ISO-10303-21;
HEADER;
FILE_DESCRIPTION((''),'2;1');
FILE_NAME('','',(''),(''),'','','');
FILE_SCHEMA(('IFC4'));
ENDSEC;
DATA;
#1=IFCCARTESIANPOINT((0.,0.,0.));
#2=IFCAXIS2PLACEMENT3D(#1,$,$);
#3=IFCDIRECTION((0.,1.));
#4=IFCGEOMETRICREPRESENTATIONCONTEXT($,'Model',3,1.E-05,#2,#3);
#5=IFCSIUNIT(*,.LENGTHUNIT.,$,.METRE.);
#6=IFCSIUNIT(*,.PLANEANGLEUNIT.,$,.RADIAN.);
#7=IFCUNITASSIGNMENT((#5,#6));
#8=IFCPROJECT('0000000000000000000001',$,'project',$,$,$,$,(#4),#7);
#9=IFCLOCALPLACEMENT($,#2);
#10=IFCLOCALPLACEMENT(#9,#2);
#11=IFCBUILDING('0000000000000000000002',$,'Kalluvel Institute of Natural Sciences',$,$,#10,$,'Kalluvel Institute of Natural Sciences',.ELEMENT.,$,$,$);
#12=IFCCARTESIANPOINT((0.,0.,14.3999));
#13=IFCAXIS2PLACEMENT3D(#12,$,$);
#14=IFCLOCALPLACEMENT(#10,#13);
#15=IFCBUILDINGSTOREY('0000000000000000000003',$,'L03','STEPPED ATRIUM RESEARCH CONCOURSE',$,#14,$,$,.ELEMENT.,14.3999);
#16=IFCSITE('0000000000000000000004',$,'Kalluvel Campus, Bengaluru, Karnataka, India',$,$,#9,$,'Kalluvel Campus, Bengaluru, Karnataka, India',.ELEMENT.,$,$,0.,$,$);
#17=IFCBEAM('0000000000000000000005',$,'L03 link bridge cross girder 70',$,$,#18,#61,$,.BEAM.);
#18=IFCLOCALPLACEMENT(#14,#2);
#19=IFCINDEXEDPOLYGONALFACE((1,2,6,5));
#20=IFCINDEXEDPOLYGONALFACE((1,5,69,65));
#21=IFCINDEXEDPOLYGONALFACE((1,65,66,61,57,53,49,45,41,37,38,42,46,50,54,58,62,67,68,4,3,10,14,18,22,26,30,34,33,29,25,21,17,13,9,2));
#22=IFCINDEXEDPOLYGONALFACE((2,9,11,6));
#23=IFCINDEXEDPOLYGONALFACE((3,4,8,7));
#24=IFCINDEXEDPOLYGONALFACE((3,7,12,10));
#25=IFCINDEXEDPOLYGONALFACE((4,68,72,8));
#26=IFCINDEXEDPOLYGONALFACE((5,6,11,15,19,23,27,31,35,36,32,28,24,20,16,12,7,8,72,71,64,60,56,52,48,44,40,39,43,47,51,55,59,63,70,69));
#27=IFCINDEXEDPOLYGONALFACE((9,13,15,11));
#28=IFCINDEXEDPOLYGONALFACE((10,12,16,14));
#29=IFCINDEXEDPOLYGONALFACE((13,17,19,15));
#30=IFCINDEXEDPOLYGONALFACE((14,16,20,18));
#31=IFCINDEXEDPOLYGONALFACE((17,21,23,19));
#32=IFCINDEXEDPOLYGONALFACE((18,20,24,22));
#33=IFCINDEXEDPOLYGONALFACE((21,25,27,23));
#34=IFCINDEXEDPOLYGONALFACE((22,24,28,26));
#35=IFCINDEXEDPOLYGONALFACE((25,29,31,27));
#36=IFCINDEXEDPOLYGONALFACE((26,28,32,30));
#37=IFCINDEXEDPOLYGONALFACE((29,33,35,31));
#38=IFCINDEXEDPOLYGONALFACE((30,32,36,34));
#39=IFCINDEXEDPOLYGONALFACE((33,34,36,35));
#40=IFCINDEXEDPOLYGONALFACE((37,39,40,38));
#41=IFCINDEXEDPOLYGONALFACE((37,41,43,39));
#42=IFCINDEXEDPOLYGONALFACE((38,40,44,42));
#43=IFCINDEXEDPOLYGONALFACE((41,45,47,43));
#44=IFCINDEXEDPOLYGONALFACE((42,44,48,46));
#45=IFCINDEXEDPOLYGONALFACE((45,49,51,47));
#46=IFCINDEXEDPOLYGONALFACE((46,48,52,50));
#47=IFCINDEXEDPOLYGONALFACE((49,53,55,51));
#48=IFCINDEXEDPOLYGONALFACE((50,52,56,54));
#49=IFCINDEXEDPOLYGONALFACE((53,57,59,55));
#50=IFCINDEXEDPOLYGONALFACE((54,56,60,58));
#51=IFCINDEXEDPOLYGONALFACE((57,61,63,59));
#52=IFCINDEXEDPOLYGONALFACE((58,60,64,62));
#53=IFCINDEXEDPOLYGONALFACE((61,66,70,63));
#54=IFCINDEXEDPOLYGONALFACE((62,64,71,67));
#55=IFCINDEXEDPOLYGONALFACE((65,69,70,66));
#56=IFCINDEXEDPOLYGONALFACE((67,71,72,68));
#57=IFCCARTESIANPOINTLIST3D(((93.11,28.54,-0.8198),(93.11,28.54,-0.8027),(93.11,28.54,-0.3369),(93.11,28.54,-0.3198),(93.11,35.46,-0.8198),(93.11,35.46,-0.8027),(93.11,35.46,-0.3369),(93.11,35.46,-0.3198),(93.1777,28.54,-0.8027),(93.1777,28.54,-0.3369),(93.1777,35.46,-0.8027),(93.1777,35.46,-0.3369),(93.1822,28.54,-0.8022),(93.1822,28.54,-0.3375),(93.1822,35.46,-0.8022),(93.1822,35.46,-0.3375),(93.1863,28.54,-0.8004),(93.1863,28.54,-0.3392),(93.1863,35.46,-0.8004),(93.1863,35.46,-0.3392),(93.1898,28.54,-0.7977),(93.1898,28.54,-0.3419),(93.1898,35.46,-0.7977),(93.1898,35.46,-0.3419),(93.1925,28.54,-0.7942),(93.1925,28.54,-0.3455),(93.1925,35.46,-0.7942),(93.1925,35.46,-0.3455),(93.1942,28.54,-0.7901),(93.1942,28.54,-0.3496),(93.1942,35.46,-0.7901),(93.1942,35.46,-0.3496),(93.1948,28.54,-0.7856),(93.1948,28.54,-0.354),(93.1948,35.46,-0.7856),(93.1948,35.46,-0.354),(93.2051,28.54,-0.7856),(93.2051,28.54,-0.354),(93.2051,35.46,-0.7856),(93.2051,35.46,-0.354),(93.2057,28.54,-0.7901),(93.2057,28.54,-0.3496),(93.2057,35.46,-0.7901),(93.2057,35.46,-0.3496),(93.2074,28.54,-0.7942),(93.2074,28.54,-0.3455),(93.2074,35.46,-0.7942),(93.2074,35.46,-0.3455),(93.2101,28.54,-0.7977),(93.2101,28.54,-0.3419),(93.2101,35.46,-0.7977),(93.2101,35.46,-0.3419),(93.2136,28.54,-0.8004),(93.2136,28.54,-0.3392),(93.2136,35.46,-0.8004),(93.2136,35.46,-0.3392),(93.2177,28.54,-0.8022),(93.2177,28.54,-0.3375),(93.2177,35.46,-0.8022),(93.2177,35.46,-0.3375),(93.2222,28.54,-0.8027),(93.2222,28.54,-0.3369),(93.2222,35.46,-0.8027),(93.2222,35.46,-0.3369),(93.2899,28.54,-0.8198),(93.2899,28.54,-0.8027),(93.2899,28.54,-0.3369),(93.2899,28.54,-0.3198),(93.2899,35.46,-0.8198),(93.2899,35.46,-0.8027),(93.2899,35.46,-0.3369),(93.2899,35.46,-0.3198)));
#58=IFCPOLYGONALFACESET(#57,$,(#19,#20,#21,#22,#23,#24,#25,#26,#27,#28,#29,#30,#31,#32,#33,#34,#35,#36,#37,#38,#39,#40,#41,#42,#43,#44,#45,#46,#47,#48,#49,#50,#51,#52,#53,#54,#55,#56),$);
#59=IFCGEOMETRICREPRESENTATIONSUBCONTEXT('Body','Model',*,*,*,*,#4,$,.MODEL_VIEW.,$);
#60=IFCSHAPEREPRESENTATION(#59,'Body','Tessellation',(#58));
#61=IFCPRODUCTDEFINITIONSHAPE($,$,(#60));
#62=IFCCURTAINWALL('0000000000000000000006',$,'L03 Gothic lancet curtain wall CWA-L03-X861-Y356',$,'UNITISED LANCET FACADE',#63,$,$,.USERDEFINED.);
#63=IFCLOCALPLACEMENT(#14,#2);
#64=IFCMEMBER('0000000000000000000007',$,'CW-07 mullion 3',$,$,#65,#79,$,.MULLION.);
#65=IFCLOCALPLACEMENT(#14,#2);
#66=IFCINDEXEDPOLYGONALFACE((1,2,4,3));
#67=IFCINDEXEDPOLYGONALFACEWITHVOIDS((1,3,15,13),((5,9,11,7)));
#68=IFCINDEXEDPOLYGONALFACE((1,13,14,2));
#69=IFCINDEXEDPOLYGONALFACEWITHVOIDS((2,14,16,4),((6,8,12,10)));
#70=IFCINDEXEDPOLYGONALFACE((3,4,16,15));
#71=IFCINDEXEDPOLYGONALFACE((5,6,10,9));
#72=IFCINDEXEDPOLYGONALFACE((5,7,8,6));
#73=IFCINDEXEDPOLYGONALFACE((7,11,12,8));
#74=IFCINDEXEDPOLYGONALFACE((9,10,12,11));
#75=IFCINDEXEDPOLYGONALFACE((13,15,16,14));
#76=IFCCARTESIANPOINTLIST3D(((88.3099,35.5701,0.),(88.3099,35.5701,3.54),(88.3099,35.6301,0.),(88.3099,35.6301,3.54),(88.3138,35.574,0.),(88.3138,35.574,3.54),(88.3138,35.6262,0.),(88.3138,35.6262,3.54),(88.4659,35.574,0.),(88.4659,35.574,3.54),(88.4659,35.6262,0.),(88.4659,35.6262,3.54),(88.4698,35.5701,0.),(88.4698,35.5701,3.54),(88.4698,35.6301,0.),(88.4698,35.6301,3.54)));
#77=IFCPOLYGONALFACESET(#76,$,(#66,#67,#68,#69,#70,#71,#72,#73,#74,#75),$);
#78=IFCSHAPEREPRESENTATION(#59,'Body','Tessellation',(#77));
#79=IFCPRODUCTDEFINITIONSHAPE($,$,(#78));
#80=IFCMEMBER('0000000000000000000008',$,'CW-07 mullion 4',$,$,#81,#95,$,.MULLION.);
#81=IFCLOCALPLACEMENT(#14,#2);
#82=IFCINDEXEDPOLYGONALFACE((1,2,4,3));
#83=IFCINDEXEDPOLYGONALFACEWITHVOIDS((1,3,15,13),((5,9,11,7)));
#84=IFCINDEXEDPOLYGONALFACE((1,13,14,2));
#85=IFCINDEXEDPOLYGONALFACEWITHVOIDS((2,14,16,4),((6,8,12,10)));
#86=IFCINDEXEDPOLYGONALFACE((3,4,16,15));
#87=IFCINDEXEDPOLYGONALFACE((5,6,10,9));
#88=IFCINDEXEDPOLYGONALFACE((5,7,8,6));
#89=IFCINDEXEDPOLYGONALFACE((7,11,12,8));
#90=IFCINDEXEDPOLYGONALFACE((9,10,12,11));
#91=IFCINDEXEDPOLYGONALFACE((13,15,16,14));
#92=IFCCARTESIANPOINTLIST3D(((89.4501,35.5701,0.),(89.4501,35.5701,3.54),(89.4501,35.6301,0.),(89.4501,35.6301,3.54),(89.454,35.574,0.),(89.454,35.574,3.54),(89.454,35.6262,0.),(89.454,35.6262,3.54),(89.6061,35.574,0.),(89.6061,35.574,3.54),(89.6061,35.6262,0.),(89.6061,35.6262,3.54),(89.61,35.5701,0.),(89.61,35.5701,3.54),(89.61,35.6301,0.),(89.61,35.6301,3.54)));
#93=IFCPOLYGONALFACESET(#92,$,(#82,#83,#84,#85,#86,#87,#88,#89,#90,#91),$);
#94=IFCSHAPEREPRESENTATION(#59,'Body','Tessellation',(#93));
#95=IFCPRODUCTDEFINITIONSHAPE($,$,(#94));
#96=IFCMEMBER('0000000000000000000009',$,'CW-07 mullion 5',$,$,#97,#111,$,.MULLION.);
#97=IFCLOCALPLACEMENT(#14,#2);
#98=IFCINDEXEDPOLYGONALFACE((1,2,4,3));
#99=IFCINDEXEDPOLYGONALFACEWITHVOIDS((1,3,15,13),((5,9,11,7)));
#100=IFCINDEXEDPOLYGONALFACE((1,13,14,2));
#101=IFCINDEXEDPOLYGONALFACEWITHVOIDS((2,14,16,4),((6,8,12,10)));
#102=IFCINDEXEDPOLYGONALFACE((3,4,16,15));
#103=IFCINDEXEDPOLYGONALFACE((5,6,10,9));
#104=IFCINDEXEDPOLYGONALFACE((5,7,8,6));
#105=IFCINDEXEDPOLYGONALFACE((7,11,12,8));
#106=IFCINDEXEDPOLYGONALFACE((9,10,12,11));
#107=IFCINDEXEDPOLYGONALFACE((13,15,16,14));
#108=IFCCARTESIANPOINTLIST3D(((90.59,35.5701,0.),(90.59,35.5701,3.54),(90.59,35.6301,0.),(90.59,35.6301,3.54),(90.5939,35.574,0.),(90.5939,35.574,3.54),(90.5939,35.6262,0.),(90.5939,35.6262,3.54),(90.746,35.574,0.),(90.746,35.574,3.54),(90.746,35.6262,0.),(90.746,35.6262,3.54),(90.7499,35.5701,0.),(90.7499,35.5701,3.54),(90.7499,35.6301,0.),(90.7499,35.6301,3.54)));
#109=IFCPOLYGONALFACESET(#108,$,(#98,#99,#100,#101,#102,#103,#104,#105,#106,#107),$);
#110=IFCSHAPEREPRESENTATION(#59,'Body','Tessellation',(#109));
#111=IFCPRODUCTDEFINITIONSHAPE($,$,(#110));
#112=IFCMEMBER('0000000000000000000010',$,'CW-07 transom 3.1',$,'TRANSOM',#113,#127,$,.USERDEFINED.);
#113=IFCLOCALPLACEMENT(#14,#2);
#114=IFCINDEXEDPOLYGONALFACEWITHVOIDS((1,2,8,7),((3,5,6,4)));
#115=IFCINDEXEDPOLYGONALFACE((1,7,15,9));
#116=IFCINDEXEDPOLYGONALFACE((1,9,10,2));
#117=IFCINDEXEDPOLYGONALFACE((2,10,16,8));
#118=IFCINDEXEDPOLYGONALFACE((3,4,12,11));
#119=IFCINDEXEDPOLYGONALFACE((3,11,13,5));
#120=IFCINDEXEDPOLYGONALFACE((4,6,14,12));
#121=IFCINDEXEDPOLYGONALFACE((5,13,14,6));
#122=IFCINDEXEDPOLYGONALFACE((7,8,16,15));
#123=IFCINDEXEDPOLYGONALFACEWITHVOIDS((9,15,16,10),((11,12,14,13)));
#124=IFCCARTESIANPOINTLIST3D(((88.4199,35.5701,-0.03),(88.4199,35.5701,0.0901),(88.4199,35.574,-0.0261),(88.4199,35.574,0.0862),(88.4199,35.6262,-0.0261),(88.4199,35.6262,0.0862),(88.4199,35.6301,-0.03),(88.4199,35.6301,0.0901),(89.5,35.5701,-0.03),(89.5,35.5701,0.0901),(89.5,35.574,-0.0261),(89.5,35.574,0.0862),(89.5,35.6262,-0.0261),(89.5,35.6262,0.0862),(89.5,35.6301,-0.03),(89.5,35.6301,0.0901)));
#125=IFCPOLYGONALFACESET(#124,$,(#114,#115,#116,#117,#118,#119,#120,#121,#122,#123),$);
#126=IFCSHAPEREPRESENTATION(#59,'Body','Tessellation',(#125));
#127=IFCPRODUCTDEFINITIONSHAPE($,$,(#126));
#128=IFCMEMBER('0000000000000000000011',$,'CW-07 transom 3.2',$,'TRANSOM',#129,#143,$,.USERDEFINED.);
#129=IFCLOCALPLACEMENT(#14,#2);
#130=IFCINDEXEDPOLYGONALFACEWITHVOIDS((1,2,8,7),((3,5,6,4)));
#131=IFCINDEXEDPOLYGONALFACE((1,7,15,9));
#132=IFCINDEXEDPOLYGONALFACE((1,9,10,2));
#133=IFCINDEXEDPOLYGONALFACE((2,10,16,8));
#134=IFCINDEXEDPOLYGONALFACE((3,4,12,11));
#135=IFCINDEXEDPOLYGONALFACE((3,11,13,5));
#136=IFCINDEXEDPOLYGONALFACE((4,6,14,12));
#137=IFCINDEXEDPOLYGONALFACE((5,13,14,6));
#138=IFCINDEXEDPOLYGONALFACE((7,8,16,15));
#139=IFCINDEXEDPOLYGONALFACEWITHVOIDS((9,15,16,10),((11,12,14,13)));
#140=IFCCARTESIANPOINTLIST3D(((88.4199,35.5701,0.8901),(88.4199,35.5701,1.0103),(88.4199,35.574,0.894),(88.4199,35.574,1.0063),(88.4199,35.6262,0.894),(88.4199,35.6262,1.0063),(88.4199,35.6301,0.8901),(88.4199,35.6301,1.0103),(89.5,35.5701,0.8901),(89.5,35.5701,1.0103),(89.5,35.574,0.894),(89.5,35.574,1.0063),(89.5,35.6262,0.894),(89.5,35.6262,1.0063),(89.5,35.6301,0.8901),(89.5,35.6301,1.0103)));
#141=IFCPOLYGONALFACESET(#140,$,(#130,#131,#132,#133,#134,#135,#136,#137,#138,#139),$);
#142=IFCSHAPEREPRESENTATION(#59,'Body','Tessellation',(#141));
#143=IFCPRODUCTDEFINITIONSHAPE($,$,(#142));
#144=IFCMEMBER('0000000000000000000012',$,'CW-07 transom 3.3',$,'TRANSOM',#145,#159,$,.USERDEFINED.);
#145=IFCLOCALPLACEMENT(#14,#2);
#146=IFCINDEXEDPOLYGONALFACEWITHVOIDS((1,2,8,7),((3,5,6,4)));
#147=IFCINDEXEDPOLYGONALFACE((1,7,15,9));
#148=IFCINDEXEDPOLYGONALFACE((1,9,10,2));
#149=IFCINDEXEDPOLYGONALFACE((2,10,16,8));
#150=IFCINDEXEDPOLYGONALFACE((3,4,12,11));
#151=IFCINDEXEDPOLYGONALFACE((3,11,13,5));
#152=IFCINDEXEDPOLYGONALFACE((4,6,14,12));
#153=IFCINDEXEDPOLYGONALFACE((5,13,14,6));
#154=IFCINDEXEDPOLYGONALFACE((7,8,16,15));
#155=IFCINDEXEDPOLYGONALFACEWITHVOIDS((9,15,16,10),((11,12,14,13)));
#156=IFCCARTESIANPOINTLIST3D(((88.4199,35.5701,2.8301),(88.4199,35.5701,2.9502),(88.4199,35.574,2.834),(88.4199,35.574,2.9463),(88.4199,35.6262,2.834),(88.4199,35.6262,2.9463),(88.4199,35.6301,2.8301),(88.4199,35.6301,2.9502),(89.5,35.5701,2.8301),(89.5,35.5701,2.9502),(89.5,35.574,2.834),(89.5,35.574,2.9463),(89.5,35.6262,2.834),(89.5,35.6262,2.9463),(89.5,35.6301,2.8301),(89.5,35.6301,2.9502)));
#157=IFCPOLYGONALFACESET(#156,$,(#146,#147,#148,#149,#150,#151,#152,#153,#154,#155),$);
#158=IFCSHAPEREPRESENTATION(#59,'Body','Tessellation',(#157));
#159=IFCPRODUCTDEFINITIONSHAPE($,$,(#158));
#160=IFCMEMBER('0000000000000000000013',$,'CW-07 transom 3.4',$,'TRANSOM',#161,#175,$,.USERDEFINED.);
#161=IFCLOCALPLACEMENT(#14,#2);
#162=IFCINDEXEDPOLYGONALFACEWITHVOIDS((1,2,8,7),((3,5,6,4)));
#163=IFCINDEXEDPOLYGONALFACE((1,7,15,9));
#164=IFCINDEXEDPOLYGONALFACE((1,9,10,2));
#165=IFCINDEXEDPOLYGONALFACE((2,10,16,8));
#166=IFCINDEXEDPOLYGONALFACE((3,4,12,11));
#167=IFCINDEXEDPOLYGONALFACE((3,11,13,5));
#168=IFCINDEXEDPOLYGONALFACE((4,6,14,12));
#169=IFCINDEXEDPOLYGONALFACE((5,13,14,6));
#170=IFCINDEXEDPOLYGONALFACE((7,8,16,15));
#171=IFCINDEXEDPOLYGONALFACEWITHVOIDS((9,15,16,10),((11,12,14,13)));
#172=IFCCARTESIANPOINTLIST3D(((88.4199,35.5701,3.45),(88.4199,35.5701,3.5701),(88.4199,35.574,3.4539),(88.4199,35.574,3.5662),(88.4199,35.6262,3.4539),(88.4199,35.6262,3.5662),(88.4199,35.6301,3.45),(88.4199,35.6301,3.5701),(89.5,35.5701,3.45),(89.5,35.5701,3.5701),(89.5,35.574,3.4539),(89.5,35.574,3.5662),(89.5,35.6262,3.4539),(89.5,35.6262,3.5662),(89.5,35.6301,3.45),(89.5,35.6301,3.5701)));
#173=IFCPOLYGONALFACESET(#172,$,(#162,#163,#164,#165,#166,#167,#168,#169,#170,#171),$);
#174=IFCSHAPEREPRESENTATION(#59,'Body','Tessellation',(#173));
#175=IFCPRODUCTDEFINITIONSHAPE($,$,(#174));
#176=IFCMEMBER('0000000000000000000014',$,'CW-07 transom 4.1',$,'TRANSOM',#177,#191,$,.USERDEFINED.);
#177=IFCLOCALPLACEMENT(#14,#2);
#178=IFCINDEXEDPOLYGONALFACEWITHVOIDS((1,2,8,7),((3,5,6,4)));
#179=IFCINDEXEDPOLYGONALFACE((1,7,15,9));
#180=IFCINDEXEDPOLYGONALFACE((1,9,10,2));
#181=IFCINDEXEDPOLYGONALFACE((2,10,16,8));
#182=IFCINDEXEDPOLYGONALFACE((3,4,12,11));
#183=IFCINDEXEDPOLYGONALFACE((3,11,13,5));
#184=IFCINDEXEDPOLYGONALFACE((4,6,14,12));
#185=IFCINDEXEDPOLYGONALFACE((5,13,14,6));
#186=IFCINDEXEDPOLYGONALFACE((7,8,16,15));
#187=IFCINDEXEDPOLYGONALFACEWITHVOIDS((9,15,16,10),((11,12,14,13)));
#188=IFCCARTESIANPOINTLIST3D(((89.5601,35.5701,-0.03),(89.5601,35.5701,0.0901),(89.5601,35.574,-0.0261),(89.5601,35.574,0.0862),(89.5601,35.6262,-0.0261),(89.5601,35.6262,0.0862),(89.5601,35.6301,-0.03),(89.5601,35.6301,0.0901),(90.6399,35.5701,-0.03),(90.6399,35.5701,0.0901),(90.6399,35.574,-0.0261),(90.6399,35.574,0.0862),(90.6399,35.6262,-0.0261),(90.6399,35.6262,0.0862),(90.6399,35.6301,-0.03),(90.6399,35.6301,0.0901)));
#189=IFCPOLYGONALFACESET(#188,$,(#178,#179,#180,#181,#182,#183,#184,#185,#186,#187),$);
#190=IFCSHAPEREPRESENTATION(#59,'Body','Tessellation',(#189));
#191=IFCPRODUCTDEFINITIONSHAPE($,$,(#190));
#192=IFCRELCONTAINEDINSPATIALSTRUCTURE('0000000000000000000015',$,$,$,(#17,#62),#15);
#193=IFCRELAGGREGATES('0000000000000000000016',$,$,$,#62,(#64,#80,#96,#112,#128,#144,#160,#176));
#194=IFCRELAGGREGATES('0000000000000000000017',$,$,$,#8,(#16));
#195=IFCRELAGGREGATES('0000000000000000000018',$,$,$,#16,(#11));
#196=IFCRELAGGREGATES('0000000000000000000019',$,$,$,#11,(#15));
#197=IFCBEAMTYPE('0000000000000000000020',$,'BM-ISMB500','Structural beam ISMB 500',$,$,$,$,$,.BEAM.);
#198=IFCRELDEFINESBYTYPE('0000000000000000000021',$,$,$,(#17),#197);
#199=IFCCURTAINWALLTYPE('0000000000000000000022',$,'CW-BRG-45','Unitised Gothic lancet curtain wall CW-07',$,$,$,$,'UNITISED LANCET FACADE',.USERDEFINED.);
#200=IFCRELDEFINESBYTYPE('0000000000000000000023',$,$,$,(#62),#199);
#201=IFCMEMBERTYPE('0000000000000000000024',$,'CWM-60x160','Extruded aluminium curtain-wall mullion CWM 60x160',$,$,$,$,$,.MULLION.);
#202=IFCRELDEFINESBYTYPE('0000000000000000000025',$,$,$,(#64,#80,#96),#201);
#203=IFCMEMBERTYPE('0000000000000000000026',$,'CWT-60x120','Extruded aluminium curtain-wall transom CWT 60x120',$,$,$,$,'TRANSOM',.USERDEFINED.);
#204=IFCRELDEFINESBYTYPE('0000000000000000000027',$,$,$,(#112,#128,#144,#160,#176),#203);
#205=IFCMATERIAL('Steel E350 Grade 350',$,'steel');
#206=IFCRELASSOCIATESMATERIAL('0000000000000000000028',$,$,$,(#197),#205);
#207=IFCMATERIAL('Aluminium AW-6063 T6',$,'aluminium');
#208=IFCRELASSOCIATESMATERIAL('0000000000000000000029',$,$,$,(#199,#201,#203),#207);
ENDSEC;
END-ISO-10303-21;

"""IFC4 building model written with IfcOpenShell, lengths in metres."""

from ifc_helpers import new_model, si_unit, direction, frame, origin, origin_2d, place, context, subcontext, project, spatial, hollow_rectangle, i_section, extrude, material, material_profile, profile_set, type_object, element, aggregate, save


model = new_model("IFC4")

# Units and contexts
model_context = context("Model", 3, precision=1e-05, world=origin(), true_north=direction((0.0, 1.0)))
body_context = subcontext(model_context, "Body", "Model", "MODEL_VIEW")
ifc_project = project(units=[si_unit("LENGTHUNIT", "METRE"), si_unit("PLANEANGLEUNIT", "RADIAN")], contexts=[model_context])

# Site, building, storey
site_placement = place(None, origin())
site = spatial("IfcSite", under=ifc_project, at=site_placement, Name="Kalluvel Campus, Bengaluru, Karnataka, India", LongName="Kalluvel Campus, Bengaluru, Karnataka, India", CompositionType="ELEMENT", RefElevation=0.0)
building_placement = place(site_placement, origin())
building = spatial("IfcBuilding", under=site, at=building_placement, Name="Kalluvel Institute of Natural Sciences", LongName="Kalluvel Institute of Natural Sciences", CompositionType="ELEMENT")
storey_placement = place(building_placement, frame((0.0, 0.0, 14.3999)))
storey = spatial("IfcBuildingStorey", under=building, at=storey_placement, Name="L03", Description="STEPPED ATRIUM RESEARCH CONCOURSE", CompositionType="ELEMENT", Elevation=14.3999)

# Beam
ifc_material_1 = material(Name="Steel E350 Grade 350", Category="steel")
ifc_material_profile_1 = material_profile(ifc_material_1, i_section(OverallWidth=0.1799, OverallDepth=0.5, WebThickness=0.0103, FlangeThickness=0.0171, FilletRadius=0.0171, at=origin_2d()), Name="ISMB 500")
ifc_profile_set_1 = profile_set([ifc_material_profile_1], Name="Steel E350 Grade 350")
beam_type = type_object("IfcBeamType", Name="BM-ISMB500", Description="Structural beam ISMB 500", PredefinedType="BEAM", material=ifc_profile_set_1)
beam_placement = place(storey_placement, frame((93.2, 28.54, -0.5698), z_axis=(0.0, 1.0, 0.0), x_axis=(-1.0, 0.0, 0.0)))
element("IfcBeam", 1, at=beam_placement, inside=storey, type_object=beam_type, Name="L03 link bridge cross girder 70", PredefinedType="BEAM", context=body_context, shape_type="SweptSolid", body=[
    extrude(i_section(OverallWidth=0.1799, OverallDepth=0.5, WebThickness=0.0103, FlangeThickness=0.0171, FilletRadius=0.0171, at=origin_2d()), origin(), (0.0, 0.0, 1.0), 6.9199),
])

# Curtain wall, members
ifc_material_2 = material(Name="Aluminium AW-6063 T6", Category="aluminium")
curtain_wall_type = type_object("IfcCurtainWallType", Name="CW-BRG-45", Description="Unitised Gothic lancet curtain wall CW-07", ElementType="UNITISED LANCET FACADE", PredefinedType="USERDEFINED", material=ifc_material_2)
curtain_wall_placement = place(storey_placement, origin())
curtain_wall = element("IfcCurtainWall", 2, at=curtain_wall_placement, inside=storey, type_object=curtain_wall_type, Name="L03 Gothic lancet curtain wall CWA-L03-X861-Y356", ObjectType="UNITISED LANCET FACADE", PredefinedType="USERDEFINED")
ifc_material_profile_2 = material_profile(ifc_material_2, hollow_rectangle(XDim=0.0601, YDim=0.1599, WallThickness=0.0039, at=origin_2d()), Name="CWM 60x160")
ifc_profile_set_2 = profile_set([ifc_material_profile_2], Name="Aluminium AW-6063 T6")
member_type_1 = type_object("IfcMemberType", Name="CWM-60x160", Description="Extruded aluminium curtain-wall mullion CWM 60x160", PredefinedType="MULLION", material=ifc_profile_set_2)
member_1_placement = place(storey_placement, frame((88.3899, 35.6001, 0.0), z_axis=(0.0, 0.0, 1.0), x_axis=(0.0, 1.0, 0.0)))
member_1 = element("IfcMember", 3, at=member_1_placement, type_object=member_type_1, Name="CW-07 mullion 3", PredefinedType="MULLION", context=body_context, shape_type="SweptSolid", body=[
    extrude(hollow_rectangle(XDim=0.0601, YDim=0.1599, WallThickness=0.0039, at=origin_2d()), origin(), (0.0, 0.0, 1.0), 3.54),
])
member_2_placement = place(storey_placement, frame((89.53, 35.6001, 0.0), z_axis=(0.0, 0.0, 1.0), x_axis=(0.0, 1.0, 0.0)))
member_2 = element("IfcMember", 4, at=member_2_placement, type_object=member_type_1, Name="CW-07 mullion 4", PredefinedType="MULLION", context=body_context, shape_type="SweptSolid", body=[
    extrude(hollow_rectangle(XDim=0.0601, YDim=0.1599, WallThickness=0.0039, at=origin_2d()), origin(), (0.0, 0.0, 1.0), 3.54),
])
member_3_placement = place(storey_placement, frame((90.6699, 35.6001, 0.0), z_axis=(0.0, 0.0, 1.0), x_axis=(0.0, 1.0, 0.0)))
member_3 = element("IfcMember", 5, at=member_3_placement, type_object=member_type_1, Name="CW-07 mullion 5", PredefinedType="MULLION", context=body_context, shape_type="SweptSolid", body=[
    extrude(hollow_rectangle(XDim=0.0601, YDim=0.1599, WallThickness=0.0039, at=origin_2d()), origin(), (0.0, 0.0, 1.0), 3.54),
])
ifc_material_profile_3 = material_profile(ifc_material_2, hollow_rectangle(XDim=0.0601, YDim=0.1201, WallThickness=0.0039, at=origin_2d()), Name="CWT 60x120")
ifc_profile_set_3 = profile_set([ifc_material_profile_3], Name="Aluminium AW-6063 T6")
member_type_2 = type_object("IfcMemberType", Name="CWT-60x120", Description="Extruded aluminium curtain-wall transom CWT 60x120", ElementType="TRANSOM", PredefinedType="USERDEFINED", material=ifc_profile_set_3)
member_4_placement = place(storey_placement, frame((88.4199, 35.6001, 0.03), z_axis=(1.0, 0.0, 0.0), x_axis=(0.0, 1.0, 0.0)))
member_4 = element("IfcMember", 6, at=member_4_placement, type_object=member_type_2, Name="CW-07 transom 3.1", ObjectType="TRANSOM", PredefinedType="USERDEFINED", context=body_context, shape_type="SweptSolid", body=[
    extrude(hollow_rectangle(XDim=0.0601, YDim=0.1201, WallThickness=0.0039, at=origin_2d()), origin(), (0.0, 0.0, 1.0), 1.0801),
])
member_5_placement = place(storey_placement, frame((88.4199, 35.6001, 0.9502), z_axis=(1.0, 0.0, 0.0), x_axis=(0.0, 1.0, 0.0)))
member_5 = element("IfcMember", 7, at=member_5_placement, type_object=member_type_2, Name="CW-07 transom 3.2", ObjectType="TRANSOM", PredefinedType="USERDEFINED", context=body_context, shape_type="SweptSolid", body=[
    extrude(hollow_rectangle(XDim=0.0601, YDim=0.1201, WallThickness=0.0039, at=origin_2d()), origin(), (0.0, 0.0, 1.0), 1.0801),
])
member_6_placement = place(storey_placement, frame((88.4199, 35.6001, 2.8901), z_axis=(1.0, 0.0, 0.0), x_axis=(0.0, 1.0, 0.0)))
member_6 = element("IfcMember", 8, at=member_6_placement, type_object=member_type_2, Name="CW-07 transom 3.3", ObjectType="TRANSOM", PredefinedType="USERDEFINED", context=body_context, shape_type="SweptSolid", body=[
    extrude(hollow_rectangle(XDim=0.0601, YDim=0.1201, WallThickness=0.0039, at=origin_2d()), origin(), (0.0, 0.0, 1.0), 1.0801),
])
member_7_placement = place(storey_placement, frame((88.4199, 35.6001, 3.51), z_axis=(1.0, 0.0, 0.0), x_axis=(0.0, 1.0, 0.0)))
member_7 = element("IfcMember", 9, at=member_7_placement, type_object=member_type_2, Name="CW-07 transom 3.4", ObjectType="TRANSOM", PredefinedType="USERDEFINED", context=body_context, shape_type="SweptSolid", body=[
    extrude(hollow_rectangle(XDim=0.0601, YDim=0.1201, WallThickness=0.0039, at=origin_2d()), origin(), (0.0, 0.0, 1.0), 1.0801),
])
member_8_placement = place(storey_placement, frame((89.5601, 35.6001, 0.03), z_axis=(1.0, 0.0, 0.0), x_axis=(0.0, 1.0, 0.0)))
member_8 = element("IfcMember", 10, at=member_8_placement, type_object=member_type_2, Name="CW-07 transom 4.1", ObjectType="TRANSOM", PredefinedType="USERDEFINED", context=body_context, shape_type="SweptSolid", body=[
    extrude(hollow_rectangle(XDim=0.0601, YDim=0.1201, WallThickness=0.0039, at=origin_2d()), origin(), (0.0, 0.0, 1.0), 1.0798),
])
aggregate(curtain_wall, [member_1, member_2, member_3, member_4, member_5, member_6, member_7, member_8])

save(model, "model.ifc")
